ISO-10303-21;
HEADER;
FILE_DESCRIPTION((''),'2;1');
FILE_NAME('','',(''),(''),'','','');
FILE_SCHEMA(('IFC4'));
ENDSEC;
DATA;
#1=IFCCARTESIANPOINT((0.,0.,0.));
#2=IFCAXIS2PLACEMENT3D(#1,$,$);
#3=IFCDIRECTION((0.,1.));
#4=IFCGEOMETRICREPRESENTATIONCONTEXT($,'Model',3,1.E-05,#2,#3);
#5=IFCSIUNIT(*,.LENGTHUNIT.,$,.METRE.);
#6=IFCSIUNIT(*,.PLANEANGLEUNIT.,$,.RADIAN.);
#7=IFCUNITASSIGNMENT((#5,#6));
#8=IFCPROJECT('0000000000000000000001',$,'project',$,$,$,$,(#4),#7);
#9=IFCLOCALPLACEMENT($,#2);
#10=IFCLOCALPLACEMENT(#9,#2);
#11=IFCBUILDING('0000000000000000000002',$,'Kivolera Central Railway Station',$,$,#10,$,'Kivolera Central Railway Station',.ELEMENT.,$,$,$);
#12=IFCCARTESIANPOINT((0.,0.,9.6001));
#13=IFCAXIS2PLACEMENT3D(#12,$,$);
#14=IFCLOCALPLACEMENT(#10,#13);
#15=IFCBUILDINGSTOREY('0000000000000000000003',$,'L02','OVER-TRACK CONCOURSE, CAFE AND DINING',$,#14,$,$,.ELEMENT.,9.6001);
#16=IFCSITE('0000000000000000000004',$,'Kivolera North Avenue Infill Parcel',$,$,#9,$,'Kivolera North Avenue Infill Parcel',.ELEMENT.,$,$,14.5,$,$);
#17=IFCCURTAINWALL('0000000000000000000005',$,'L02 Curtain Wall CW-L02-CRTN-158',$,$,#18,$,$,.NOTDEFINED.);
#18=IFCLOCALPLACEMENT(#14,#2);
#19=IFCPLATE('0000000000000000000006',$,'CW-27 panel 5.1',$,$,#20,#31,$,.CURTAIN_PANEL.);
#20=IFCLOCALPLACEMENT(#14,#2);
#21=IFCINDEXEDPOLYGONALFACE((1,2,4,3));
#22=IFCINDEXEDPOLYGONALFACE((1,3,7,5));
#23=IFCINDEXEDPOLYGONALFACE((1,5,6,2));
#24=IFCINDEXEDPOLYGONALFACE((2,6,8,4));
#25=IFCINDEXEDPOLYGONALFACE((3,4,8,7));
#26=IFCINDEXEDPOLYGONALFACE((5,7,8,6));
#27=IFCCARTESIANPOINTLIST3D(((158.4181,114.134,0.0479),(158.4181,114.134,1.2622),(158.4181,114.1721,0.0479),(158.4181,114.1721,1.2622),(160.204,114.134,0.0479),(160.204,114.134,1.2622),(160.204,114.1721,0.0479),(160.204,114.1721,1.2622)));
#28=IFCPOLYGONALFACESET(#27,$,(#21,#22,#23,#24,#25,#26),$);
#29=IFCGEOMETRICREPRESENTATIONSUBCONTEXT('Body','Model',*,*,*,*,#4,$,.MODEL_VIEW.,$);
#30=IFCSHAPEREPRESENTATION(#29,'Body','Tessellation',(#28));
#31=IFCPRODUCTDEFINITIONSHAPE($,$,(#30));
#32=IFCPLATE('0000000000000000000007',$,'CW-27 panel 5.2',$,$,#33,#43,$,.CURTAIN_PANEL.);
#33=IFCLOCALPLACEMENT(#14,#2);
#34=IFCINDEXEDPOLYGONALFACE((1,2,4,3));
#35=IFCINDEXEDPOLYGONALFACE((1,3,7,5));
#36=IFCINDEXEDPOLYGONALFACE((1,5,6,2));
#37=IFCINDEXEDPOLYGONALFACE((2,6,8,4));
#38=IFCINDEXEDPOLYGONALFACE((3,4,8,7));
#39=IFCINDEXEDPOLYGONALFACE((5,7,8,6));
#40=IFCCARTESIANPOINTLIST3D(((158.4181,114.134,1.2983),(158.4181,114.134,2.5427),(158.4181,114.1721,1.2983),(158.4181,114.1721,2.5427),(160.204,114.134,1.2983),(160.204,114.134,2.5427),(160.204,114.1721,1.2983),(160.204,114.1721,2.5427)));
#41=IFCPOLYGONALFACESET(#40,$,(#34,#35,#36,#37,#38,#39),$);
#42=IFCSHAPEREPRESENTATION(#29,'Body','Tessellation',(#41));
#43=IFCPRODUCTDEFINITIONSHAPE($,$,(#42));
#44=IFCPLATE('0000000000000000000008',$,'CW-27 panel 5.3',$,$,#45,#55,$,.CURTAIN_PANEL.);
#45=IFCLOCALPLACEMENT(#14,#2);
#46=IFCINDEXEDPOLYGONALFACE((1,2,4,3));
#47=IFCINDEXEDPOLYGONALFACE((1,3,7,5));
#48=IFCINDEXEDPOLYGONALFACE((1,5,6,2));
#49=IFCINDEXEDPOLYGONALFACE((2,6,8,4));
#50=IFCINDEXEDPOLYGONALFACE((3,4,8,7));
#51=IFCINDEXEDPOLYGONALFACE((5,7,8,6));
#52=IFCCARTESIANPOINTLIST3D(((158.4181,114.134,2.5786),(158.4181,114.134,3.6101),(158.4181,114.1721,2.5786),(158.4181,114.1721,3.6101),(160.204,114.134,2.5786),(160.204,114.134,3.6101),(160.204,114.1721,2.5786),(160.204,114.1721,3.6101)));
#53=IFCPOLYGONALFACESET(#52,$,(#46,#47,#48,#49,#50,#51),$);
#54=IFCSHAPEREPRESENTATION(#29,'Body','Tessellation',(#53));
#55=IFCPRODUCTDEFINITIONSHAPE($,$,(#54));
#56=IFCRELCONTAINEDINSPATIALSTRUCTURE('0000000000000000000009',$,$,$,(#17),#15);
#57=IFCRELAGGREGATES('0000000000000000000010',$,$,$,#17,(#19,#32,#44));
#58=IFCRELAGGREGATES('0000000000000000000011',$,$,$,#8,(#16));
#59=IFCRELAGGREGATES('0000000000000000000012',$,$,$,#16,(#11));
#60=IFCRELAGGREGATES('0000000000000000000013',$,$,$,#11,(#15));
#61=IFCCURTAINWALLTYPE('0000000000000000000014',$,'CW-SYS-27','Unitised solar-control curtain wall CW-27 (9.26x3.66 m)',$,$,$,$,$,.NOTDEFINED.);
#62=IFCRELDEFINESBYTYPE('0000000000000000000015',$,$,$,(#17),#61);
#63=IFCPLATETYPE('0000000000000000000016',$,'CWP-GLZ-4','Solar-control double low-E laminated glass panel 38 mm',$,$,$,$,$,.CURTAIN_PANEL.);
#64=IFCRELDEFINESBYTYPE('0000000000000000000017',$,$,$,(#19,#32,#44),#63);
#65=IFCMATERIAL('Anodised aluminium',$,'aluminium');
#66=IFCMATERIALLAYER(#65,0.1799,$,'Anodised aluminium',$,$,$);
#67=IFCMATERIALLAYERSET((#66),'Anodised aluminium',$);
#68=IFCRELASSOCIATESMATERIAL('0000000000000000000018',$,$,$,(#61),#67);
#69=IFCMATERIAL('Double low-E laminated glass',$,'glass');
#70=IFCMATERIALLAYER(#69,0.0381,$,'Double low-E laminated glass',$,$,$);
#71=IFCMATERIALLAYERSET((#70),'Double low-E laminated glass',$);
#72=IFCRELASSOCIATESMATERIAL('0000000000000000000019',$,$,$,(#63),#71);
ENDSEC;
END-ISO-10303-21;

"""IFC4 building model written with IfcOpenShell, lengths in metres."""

from ifc_helpers import new_model, si_unit, direction, frame, origin, origin_2d, place, context, subcontext, project, spatial, rectangle, extrude, material, layer, layer_set, type_object, element, aggregate, save


model = new_model("IFC4")

# Units and contexts
model_context = context("Model", 3, precision=1e-05, world=origin(), true_north=direction((0.0, 1.0)))
body_context = subcontext(model_context, "Body", "Model", "MODEL_VIEW")
ifc_project = project(units=[si_unit("LENGTHUNIT", "METRE"), si_unit("PLANEANGLEUNIT", "RADIAN")], contexts=[model_context])

# Site, building, storey
site_placement = place(None, origin())
site = spatial("IfcSite", under=ifc_project, at=site_placement, Name="Kivolera North Avenue Infill Parcel", LongName="Kivolera North Avenue Infill Parcel", CompositionType="ELEMENT", RefElevation=14.5)
building_placement = place(site_placement, origin())
building = spatial("IfcBuilding", under=site, at=building_placement, Name="Kivolera Central Railway Station", LongName="Kivolera Central Railway Station", CompositionType="ELEMENT")
storey_placement = place(building_placement, frame((0.0, 0.0, 9.6001)))
storey = spatial("IfcBuildingStorey", under=building, at=storey_placement, Name="L02", Description="OVER-TRACK CONCOURSE, CAFE AND DINING", CompositionType="ELEMENT", Elevation=9.6001)

# Curtain wall, plates
ifc_material_1 = material(Name="Anodised aluminium", Category="aluminium")
ifc_layer_1 = layer(ifc_material_1, 0.1799, Name="Anodised aluminium")
ifc_layer_set_1 = layer_set([ifc_layer_1], Name="Anodised aluminium")
curtain_wall_type = type_object("IfcCurtainWallType", Name="CW-SYS-27", Description="Unitised solar-control curtain wall CW-27 (9.26x3.66 m)", PredefinedType="NOTDEFINED", material=ifc_layer_set_1)
curtain_wall_placement = place(storey_placement, origin())
curtain_wall = element("IfcCurtainWall", 1, at=curtain_wall_placement, inside=storey, type_object=curtain_wall_type, Name="L02 Curtain Wall CW-L02-CRTN-158", PredefinedType="NOTDEFINED")
ifc_material_2 = material(Name="Double low-E laminated glass", Category="glass")
ifc_layer_2 = layer(ifc_material_2, 0.0381, Name="Double low-E laminated glass")
ifc_layer_set_2 = layer_set([ifc_layer_2], Name="Double low-E laminated glass")
plate_type = type_object("IfcPlateType", Name="CWP-GLZ-4", Description="Solar-control double low-E laminated glass panel 38 mm", PredefinedType="CURTAIN_PANEL", material=ifc_layer_set_2)
plate_1_placement = place(storey_placement, frame((159.311, 114.1531, 0.0479), z_axis=(0.0, 0.0, 1.0), x_axis=(-1.0, 0.0, 0.0)))
plate_1 = element("IfcPlate", 2, at=plate_1_placement, type_object=plate_type, Name="CW-27 panel 5.1", PredefinedType="CURTAIN_PANEL", context=body_context, shape_type="SweptSolid", body=[
    extrude(rectangle(XDim=1.7859, YDim=0.0381, at=origin_2d()), origin(), (0.0, 0.0, 1.0), 1.2144),
])
plate_2_placement = place(storey_placement, frame((159.311, 114.1531, 1.2983), z_axis=(0.0, 0.0, 1.0), x_axis=(-1.0, 0.0, 0.0)))
plate_2 = element("IfcPlate", 3, at=plate_2_placement, type_object=plate_type, Name="CW-27 panel 5.2", PredefinedType="CURTAIN_PANEL", context=body_context, shape_type="SweptSolid", body=[
    extrude(rectangle(XDim=1.7859, YDim=0.0381, at=origin_2d()), origin(), (0.0, 0.0, 1.0), 1.2444),
])
plate_3_placement = place(storey_placement, frame((159.311, 114.1531, 2.5786), z_axis=(0.0, 0.0, 1.0), x_axis=(-1.0, 0.0, 0.0)))
plate_3 = element("IfcPlate", 4, at=plate_3_placement, type_object=plate_type, Name="CW-27 panel 5.3", PredefinedType="CURTAIN_PANEL", context=body_context, shape_type="SweptSolid", body=[
    extrude(rectangle(XDim=1.7859, YDim=0.0381, at=origin_2d()), origin(), (0.0, 0.0, 1.0), 1.0315),
])
aggregate(curtain_wall, [plate_1, plate_2, plate_3])

save(model, "model.ifc")
